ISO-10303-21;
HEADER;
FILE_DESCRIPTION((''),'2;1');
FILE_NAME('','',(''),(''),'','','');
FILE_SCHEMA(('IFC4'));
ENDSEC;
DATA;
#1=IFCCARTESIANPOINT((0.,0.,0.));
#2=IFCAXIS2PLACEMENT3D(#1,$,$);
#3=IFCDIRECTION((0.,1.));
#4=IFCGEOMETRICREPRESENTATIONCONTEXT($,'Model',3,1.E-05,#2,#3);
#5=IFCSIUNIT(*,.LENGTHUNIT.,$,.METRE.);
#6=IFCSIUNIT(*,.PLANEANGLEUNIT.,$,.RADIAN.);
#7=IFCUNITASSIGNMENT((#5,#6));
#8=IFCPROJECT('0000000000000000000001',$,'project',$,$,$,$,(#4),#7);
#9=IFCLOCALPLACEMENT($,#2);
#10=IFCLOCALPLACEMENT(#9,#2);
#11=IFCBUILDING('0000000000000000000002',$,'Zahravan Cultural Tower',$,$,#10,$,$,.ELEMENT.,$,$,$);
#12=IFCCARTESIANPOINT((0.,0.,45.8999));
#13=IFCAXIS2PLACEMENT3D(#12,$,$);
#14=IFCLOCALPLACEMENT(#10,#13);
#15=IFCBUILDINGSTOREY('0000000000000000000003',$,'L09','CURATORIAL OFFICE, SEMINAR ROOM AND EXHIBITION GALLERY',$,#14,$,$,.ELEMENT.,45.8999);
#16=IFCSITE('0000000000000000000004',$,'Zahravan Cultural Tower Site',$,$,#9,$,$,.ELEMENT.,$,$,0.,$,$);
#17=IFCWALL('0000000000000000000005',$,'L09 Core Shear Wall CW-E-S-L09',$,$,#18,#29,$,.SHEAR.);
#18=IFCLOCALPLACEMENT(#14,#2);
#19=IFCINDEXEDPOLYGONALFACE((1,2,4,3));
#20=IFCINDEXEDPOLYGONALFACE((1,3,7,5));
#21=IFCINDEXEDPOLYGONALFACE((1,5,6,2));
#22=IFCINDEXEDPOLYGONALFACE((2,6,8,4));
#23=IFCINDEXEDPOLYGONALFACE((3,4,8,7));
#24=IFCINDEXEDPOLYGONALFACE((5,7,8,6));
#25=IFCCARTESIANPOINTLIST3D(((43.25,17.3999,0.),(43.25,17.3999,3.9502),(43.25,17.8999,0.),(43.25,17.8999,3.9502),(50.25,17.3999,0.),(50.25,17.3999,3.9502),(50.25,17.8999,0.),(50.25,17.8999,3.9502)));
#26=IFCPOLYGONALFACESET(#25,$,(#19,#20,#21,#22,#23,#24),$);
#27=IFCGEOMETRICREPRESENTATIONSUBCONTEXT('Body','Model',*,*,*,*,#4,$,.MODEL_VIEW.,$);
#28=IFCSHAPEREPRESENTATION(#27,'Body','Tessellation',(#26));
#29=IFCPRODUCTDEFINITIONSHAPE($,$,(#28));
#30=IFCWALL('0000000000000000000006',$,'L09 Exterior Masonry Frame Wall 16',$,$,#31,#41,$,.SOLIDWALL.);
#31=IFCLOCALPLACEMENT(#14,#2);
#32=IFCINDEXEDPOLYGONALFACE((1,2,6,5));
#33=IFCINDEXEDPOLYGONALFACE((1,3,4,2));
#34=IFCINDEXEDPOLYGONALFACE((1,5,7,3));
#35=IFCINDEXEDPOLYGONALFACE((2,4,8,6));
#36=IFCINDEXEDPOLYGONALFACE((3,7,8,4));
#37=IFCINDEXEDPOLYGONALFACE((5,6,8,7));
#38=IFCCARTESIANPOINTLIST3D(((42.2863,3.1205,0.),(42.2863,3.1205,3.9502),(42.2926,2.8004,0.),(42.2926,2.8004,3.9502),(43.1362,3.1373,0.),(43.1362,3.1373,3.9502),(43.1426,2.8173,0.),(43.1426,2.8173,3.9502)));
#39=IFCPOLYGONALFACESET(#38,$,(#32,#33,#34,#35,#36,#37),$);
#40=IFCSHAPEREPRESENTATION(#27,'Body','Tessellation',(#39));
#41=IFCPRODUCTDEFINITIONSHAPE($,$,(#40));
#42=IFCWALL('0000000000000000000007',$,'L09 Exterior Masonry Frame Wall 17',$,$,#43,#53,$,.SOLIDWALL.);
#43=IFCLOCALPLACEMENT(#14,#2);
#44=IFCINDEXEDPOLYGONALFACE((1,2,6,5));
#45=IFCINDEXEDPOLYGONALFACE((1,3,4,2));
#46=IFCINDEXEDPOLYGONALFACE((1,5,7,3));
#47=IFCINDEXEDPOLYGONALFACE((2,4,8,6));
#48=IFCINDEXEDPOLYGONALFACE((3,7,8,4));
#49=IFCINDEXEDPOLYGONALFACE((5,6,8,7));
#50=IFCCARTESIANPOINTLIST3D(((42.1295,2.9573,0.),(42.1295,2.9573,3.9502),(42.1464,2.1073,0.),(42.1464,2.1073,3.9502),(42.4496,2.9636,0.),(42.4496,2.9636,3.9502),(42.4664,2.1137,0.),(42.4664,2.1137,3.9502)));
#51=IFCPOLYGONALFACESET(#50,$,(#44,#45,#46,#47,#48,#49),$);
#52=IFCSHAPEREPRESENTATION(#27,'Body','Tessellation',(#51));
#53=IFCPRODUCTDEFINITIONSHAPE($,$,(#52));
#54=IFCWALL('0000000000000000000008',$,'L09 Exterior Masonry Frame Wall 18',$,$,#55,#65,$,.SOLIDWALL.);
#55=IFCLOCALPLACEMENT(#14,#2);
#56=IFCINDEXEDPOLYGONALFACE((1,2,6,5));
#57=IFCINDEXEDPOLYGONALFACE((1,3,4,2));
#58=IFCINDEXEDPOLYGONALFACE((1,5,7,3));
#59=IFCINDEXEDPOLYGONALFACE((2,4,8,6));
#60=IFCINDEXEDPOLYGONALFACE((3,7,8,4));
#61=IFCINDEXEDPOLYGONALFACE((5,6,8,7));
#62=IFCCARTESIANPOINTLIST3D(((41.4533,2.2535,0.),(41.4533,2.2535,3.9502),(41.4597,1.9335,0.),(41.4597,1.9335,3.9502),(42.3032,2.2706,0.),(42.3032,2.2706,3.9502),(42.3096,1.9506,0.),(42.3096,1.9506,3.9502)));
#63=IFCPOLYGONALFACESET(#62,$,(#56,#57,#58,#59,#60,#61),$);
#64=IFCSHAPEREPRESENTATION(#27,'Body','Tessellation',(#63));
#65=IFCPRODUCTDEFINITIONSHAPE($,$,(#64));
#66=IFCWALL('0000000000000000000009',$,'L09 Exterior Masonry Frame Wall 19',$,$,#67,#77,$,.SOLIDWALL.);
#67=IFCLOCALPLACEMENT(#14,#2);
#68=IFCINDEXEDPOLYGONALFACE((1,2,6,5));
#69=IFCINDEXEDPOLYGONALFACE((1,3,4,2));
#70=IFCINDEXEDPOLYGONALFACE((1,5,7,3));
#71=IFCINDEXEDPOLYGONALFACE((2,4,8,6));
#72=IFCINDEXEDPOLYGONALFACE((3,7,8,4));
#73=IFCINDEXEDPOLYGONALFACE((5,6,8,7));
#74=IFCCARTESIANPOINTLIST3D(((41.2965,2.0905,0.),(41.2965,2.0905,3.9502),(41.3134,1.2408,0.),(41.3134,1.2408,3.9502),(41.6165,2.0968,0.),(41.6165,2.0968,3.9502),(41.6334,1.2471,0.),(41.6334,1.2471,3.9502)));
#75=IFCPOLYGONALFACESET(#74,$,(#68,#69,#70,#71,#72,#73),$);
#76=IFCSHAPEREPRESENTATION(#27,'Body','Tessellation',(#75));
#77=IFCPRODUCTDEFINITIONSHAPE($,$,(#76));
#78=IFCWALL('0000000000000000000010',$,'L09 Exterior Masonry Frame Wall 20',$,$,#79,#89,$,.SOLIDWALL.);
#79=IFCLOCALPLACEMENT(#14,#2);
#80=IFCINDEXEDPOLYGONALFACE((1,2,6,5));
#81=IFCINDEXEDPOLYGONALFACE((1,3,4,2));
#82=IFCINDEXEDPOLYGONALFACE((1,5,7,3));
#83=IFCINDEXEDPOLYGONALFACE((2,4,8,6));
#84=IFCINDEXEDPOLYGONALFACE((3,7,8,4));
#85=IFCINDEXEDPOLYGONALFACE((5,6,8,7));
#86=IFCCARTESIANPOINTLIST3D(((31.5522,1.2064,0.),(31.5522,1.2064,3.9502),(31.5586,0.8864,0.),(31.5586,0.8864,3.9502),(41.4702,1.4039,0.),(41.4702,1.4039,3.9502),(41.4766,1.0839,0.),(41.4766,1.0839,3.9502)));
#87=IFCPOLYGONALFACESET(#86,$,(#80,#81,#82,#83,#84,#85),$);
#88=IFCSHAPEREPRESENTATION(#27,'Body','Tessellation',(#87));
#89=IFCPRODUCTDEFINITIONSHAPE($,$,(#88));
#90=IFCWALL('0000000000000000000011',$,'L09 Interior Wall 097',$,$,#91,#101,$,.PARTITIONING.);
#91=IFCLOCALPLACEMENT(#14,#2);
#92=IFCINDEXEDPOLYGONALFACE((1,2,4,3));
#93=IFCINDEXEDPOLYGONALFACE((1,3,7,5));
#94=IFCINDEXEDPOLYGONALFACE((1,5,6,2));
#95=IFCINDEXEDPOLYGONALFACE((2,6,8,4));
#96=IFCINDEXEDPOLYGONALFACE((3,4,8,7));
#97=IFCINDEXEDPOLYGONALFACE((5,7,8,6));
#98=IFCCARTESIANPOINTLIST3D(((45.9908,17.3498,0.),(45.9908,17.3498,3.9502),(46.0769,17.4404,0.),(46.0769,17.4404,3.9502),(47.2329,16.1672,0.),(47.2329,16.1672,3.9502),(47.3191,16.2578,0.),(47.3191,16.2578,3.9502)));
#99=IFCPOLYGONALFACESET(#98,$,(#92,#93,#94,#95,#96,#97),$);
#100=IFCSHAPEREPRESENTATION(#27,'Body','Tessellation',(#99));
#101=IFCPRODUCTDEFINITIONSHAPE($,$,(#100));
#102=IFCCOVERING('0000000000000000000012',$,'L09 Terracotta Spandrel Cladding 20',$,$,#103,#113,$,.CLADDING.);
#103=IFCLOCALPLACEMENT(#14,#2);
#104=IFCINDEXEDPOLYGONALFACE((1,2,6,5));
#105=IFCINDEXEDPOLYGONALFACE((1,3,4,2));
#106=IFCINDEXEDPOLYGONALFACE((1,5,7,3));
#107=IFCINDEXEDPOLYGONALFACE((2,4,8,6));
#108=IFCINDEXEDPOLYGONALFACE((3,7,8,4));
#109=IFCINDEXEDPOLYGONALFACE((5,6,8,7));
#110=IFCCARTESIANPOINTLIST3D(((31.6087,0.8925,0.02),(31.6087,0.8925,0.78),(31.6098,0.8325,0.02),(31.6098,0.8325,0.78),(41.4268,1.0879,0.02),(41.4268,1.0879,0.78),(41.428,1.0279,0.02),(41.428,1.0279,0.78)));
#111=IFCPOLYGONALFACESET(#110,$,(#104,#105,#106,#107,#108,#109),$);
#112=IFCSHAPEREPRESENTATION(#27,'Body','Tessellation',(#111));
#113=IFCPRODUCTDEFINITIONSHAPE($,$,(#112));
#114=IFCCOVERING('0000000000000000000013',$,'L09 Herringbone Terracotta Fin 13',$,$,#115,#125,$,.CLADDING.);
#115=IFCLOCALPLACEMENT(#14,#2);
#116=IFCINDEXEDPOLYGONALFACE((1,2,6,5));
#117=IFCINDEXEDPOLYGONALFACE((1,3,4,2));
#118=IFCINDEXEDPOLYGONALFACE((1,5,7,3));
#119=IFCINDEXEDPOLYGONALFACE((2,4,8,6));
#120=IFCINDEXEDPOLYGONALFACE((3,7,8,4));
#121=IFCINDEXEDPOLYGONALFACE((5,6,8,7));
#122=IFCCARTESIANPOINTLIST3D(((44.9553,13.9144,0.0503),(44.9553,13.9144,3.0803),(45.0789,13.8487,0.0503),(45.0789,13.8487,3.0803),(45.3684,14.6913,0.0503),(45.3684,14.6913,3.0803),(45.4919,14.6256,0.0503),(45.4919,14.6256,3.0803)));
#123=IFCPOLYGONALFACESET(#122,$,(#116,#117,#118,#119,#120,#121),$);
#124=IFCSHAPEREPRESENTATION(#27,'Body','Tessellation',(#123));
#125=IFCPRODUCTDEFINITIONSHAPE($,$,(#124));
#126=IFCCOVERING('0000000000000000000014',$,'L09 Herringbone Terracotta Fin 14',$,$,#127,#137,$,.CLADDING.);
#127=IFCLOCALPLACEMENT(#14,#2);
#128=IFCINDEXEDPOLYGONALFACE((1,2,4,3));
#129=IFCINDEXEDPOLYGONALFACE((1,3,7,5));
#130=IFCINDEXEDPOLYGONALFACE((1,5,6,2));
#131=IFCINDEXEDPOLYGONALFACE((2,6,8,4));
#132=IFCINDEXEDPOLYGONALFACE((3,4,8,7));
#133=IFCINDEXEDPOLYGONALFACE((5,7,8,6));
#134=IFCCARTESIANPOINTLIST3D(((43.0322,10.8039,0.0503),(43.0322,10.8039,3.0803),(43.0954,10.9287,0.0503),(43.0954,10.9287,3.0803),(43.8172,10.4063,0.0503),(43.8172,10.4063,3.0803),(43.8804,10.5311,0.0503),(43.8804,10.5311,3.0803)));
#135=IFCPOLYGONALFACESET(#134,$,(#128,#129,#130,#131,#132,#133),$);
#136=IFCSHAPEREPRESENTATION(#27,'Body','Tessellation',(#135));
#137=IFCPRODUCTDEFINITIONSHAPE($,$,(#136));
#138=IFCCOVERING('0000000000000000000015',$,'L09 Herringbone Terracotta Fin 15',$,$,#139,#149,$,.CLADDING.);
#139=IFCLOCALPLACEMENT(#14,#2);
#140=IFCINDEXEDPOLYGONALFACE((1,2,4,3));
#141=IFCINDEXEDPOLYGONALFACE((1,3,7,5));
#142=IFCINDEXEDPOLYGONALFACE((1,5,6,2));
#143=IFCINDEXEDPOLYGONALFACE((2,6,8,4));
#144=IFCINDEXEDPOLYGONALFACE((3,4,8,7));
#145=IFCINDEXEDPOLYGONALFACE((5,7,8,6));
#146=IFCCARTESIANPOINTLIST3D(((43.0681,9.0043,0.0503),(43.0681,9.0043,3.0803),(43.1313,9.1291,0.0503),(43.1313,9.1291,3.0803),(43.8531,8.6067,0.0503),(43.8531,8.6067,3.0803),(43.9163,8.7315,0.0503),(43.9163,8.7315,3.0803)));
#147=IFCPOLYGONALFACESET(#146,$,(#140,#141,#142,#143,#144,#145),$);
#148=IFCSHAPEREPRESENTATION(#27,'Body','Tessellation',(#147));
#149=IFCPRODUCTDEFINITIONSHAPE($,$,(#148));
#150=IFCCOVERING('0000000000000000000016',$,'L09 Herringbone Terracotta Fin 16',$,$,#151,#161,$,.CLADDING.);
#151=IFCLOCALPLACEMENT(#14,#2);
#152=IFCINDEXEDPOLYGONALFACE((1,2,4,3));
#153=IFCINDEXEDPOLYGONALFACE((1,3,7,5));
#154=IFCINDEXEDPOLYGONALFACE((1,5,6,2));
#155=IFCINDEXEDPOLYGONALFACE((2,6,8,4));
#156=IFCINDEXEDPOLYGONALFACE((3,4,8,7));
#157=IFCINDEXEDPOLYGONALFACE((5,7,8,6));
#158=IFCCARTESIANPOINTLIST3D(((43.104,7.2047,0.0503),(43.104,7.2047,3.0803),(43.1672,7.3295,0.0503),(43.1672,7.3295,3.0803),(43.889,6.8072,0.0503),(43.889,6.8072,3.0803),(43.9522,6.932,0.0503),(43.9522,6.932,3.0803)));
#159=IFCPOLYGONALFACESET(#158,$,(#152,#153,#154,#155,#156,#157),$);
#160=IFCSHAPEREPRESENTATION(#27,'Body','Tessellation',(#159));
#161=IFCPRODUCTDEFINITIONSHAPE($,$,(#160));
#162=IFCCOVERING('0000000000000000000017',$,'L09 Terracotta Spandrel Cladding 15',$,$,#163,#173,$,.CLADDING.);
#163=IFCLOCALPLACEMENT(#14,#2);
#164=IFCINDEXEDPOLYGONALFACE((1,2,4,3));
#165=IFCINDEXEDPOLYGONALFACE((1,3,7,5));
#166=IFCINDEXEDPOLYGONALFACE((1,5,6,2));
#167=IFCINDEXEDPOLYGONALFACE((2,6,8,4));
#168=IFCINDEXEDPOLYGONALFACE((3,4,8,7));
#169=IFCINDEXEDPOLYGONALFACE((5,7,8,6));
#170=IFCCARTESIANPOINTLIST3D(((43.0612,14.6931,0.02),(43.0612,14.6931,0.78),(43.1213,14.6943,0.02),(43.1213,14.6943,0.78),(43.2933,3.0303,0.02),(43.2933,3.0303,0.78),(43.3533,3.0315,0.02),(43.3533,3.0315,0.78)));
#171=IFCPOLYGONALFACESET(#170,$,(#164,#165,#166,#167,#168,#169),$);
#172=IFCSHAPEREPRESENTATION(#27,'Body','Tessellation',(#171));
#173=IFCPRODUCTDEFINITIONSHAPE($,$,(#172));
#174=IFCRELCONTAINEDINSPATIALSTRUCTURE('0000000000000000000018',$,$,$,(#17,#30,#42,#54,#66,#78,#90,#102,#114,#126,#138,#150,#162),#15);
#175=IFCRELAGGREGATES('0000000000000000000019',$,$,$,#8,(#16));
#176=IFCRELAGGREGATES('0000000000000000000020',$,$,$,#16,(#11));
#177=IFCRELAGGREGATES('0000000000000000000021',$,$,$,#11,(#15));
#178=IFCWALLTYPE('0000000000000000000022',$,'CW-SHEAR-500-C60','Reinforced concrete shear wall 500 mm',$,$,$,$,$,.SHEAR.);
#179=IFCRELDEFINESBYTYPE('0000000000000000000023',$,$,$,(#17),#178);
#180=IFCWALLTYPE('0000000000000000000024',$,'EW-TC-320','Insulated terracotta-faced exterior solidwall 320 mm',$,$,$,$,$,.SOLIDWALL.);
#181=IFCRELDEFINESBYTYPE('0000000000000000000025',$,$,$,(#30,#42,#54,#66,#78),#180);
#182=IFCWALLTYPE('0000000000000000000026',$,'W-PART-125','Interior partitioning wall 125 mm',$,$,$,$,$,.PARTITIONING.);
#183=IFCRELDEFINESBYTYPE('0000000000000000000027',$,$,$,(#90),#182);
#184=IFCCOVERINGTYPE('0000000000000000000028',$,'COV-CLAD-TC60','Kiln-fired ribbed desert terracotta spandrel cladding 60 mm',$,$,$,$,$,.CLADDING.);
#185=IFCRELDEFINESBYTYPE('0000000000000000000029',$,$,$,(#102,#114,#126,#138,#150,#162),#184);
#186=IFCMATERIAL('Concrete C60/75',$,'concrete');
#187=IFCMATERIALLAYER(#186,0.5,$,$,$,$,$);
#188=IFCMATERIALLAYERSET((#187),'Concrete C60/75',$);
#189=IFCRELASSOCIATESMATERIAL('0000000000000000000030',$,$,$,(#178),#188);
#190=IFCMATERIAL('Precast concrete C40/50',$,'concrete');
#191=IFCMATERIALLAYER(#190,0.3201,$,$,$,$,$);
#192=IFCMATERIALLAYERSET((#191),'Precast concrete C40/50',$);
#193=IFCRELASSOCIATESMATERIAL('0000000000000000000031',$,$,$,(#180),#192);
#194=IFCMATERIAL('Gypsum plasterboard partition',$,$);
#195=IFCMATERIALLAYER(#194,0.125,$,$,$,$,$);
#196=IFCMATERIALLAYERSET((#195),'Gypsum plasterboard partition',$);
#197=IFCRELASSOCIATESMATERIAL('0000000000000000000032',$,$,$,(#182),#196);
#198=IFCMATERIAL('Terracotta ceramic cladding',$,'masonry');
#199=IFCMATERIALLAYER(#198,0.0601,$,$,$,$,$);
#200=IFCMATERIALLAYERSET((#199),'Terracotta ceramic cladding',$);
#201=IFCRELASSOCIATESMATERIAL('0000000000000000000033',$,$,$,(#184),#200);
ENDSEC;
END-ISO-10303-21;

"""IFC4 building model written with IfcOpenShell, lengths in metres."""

from ifc_helpers import new_model, si_unit, direction, frame, frame_2d, origin, origin_2d, place, context, subcontext, project, spatial, rectangle, extrude, source, transform, mapped, material, layer, layer_set, type_object, element, save


model = new_model("IFC4")

# Units and contexts
model_context = context("Model", 3, precision=1e-05, world=origin(), true_north=direction((0.0, 1.0)))
body_context = subcontext(model_context, "Body", "Model", "MODEL_VIEW")
ifc_project = project(units=[si_unit("LENGTHUNIT", "METRE"), si_unit("PLANEANGLEUNIT", "RADIAN")], contexts=[model_context])

# Site, building, storey
site_placement = place(None, origin())
site = spatial("IfcSite", under=ifc_project, at=site_placement, Name="Zahravan Cultural Tower Site", CompositionType="ELEMENT", RefElevation=0.0)
building_placement = place(site_placement, origin())
building = spatial("IfcBuilding", under=site, at=building_placement, Name="Zahravan Cultural Tower", CompositionType="ELEMENT")
storey_placement = place(building_placement, frame((0.0, 0.0, 45.8999)))
storey = spatial("IfcBuildingStorey", under=building, at=storey_placement, Name="L09", Description="CURATORIAL OFFICE, SEMINAR ROOM AND EXHIBITION GALLERY", CompositionType="ELEMENT", Elevation=45.8999)

# Shared definitions
ifc_material_1 = material(Name="Concrete C60/75", Category="concrete")

# Shared definitions
ifc_layer_1 = layer(ifc_material_1, 0.5)
ifc_layer_set_1 = layer_set([ifc_layer_1], Name="Concrete C60/75")
wall_type_1 = type_object("IfcWallType", Name="CW-SHEAR-500-C60", Description="Reinforced concrete shear wall 500 mm", PredefinedType="SHEAR", material=ifc_layer_set_1)

# Shared definitions
ifc_material_2 = material(Name="Precast concrete C40/50", Category="concrete")
ifc_layer_2 = layer(ifc_material_2, 0.3201)
ifc_layer_set_2 = layer_set([ifc_layer_2], Name="Precast concrete C40/50")
wall_type_2 = type_object("IfcWallType", Name="EW-TC-320", Description="Insulated terracotta-faced exterior solidwall 320 mm", PredefinedType="SOLIDWALL", material=ifc_layer_set_2)

# Walls
shared_shape_1 = source(origin(), body_context, "Body", "SweptSolid", [
    extrude(rectangle(XDim=7.0, YDim=0.5, at=frame_2d((3.5, 0.0))), origin(), (0.0, 0.0, 1.0), 3.9502),
])
wall_1_placement = place(storey_placement, frame((43.25, 17.6499, 0.0), z_axis=(0.0, 0.0, 1.0), x_axis=(1.0, 0.0, 0.0)))
element("IfcWall", 1, at=wall_1_placement, inside=storey, type_object=wall_type_1, Name="L09 Core Shear Wall CW-E-S-L09", PredefinedType="SHEAR", context=body_context, shape_type="MappedRepresentation", body=[
    mapped(shared_shape_1, transform((0.0, 0.0, 0.0), x_axis=(1.0, 0.0, 0.0), y_axis=(0.0, 1.0, 0.0), z_axis=(0.0, 0.0, 1.0), scale=1.0)),
])
shared_shape_2 = source(origin(), body_context, "Body", "SweptSolid", [
    extrude(rectangle(XDim=0.8501, YDim=0.3201, at=frame_2d((0.425, 0.0))), origin(), (0.0, 0.0, 1.0), 3.9502),
])
for number, where, z_axis, x_axis, name in (
    (2, (43.1394, 2.9773, 0.0), (0.0, 0.0, 1.0), (-0.999804, -0.019818, 0.0), "L09 Exterior Masonry Frame Wall 16"),
    (3, (42.2896, 2.9604, 0.0), (0.0, 0.0, 1.0), (0.019818, -0.999804, 0.0), "L09 Exterior Masonry Frame Wall 17"),
    (4, (42.3064, 2.1106, 0.0), (0.0, 0.0, 1.0), (-0.999798, -0.020105, 0.0), "L09 Exterior Masonry Frame Wall 18"),
):
    element("IfcWall", number, at=place(storey_placement, frame(where, z_axis=z_axis, x_axis=x_axis)), inside=storey, type_object=wall_type_2, Name=name, PredefinedType="SOLIDWALL", context=body_context, shape_type="MappedRepresentation", body=[
        mapped(shared_shape_2, transform((0.0, 0.0, 0.0), x_axis=(1.0, 0.0, 0.0), y_axis=(0.0, 1.0, 0.0), z_axis=(0.0, 0.0, 1.0), scale=1.0)),
    ])
shared_shape_3 = source(origin(), body_context, "Body", "SweptSolid", [
    extrude(rectangle(XDim=0.8499, YDim=0.3201, at=frame_2d((0.4248, 0.0))), origin(), (0.0, 0.0, 1.0), 3.9502),
])
wall_2_placement = place(storey_placement, frame((41.4565, 2.0935, 0.0), z_axis=(0.0, 0.0, 1.0), x_axis=(0.019824, -0.999803, 0.0)))
element("IfcWall", 5, at=wall_2_placement, inside=storey, type_object=wall_type_2, Name="L09 Exterior Masonry Frame Wall 19", PredefinedType="SOLIDWALL", context=body_context, shape_type="MappedRepresentation", body=[
    mapped(shared_shape_3, transform((0.0, 0.0, 0.0), x_axis=(1.0, 0.0, 0.0), y_axis=(0.0, 1.0, 0.0), z_axis=(0.0, 0.0, 1.0), scale=1.0)),
])
shared_shape_4 = source(origin(), body_context, "Body", "SweptSolid", [
    extrude(rectangle(XDim=9.9199, YDim=0.3201, at=frame_2d((4.96, 0.0))), origin(), (0.0, 0.0, 1.0), 3.9502),
])
wall_3_placement = place(storey_placement, frame((41.4734, 1.2439, 0.0), z_axis=(0.0, 0.0, 1.0), x_axis=(-0.999802, -0.01991, 0.0)))
element("IfcWall", 6, at=wall_3_placement, inside=storey, type_object=wall_type_2, Name="L09 Exterior Masonry Frame Wall 20", PredefinedType="SOLIDWALL", context=body_context, shape_type="MappedRepresentation", body=[
    mapped(shared_shape_4, transform((0.0, 0.0, 0.0), x_axis=(1.0, 0.0, 0.0), y_axis=(0.0, 1.0, 0.0), z_axis=(0.0, 0.0, 1.0), scale=1.0)),
])
ifc_material_3 = material(Name="Gypsum plasterboard partition")
ifc_layer_3 = layer(ifc_material_3, 0.125)
ifc_layer_set_3 = layer_set([ifc_layer_3], Name="Gypsum plasterboard partition")
wall_type_3 = type_object("IfcWallType", Name="W-PART-125", Description="Interior partitioning wall 125 mm", PredefinedType="PARTITIONING", material=ifc_layer_set_3)
shared_shape_5 = source(origin(), body_context, "Body", "SweptSolid", [
    extrude(rectangle(XDim=1.7151, YDim=0.125, at=frame_2d((0.8574, 0.0))), origin(), (0.0, 0.0, 1.0), 3.9502),
])
wall_4_placement = place(storey_placement, frame((46.0339, 17.395, 0.0), z_axis=(0.0, 0.0, 1.0), x_axis=(0.72426, -0.689527, 0.0)))
element("IfcWall", 7, at=wall_4_placement, inside=storey, type_object=wall_type_3, Name="L09 Interior Wall 097", PredefinedType="PARTITIONING", context=body_context, shape_type="MappedRepresentation", body=[
    mapped(shared_shape_5, transform((0.0, 0.0, 0.0), x_axis=(1.0, 0.0, 0.0), y_axis=(0.0, 1.0, 0.0), z_axis=(0.0, 0.0, 1.0), scale=1.0)),
])

# Coverings
ifc_material_4 = material(Name="Terracotta ceramic cladding", Category="masonry")
ifc_layer_4 = layer(ifc_material_4, 0.0601)
ifc_layer_set_4 = layer_set([ifc_layer_4], Name="Terracotta ceramic cladding")
covering_type = type_object("IfcCoveringType", Name="COV-CLAD-TC60", Description="Kiln-fired ribbed desert terracotta spandrel cladding 60 mm", PredefinedType="CLADDING", material=ifc_layer_set_4)
shared_shape_6 = source(origin(), body_context, "Body", "SweptSolid", [
    extrude(rectangle(XDim=9.8201, YDim=0.0601, at=origin_2d()), origin(), (0.0, 0.0, 1.0), 0.76),
])
covering_1_placement = place(storey_placement, frame((36.5183, 0.9602, 0.02), z_axis=(0.0, 0.0, 1.0), x_axis=(-0.999802, -0.019895, 0.0)))
element("IfcCovering", 8, at=covering_1_placement, inside=storey, type_object=covering_type, Name="L09 Terracotta Spandrel Cladding 20", PredefinedType="CLADDING", context=body_context, shape_type="MappedRepresentation", body=[
    mapped(shared_shape_6, transform((0.0, 0.0, 0.0), x_axis=(1.0, 0.0, 0.0), y_axis=(0.0, 1.0, 0.0), z_axis=(0.0, 0.0, 1.0), scale=1.0)),
])
shared_shape_7 = source(origin(), body_context, "Body", "SweptSolid", [
    extrude(rectangle(XDim=0.8799, YDim=0.1399, at=origin_2d()), origin(), (0.0, 0.0, 1.0), 3.03),
])
for number, where, z_axis, x_axis, name in (
    (9, (45.2236, 14.27, 0.0503), (0.0, 0.0, 1.0), (-0.469472, -0.882948, 0.0), "L09 Herringbone Terracotta Fin 13"),
    (10, (43.4563, 10.6675, 0.0503), (0.0, 0.0, 1.0), (0.892113, -0.451812, 0.0), "L09 Herringbone Terracotta Fin 14"),
    (11, (43.4922, 8.8679, 0.0503), (0.0, 0.0, 1.0), (0.892113, -0.451812, 0.0), "L09 Herringbone Terracotta Fin 15"),
    (12, (43.5281, 7.0684, 0.0503), (0.0, 0.0, 1.0), (0.892113, -0.451812, 0.0), "L09 Herringbone Terracotta Fin 16"),
):
    element("IfcCovering", number, at=place(storey_placement, frame(where, z_axis=z_axis, x_axis=x_axis)), inside=storey, type_object=covering_type, Name=name, PredefinedType="CLADDING", context=body_context, shape_type="MappedRepresentation", body=[
        mapped(shared_shape_7, transform((0.0, 0.0, 0.0), x_axis=(1.0, 0.0, 0.0), y_axis=(0.0, 1.0, 0.0), z_axis=(0.0, 0.0, 1.0), scale=1.0)),
    ])
shared_shape_8 = source(origin(), body_context, "Body", "SweptSolid", [
    extrude(rectangle(XDim=11.665, YDim=0.0601, at=origin_2d()), origin(), (0.0, 0.0, 1.0), 0.76),
])
covering_2_placement = place(storey_placement, frame((43.2073, 8.8623, 0.02), z_axis=(0.0, 0.0, 1.0), x_axis=(0.019895, -0.999802, 0.0)))
element("IfcCovering", 13, at=covering_2_placement, inside=storey, type_object=covering_type, Name="L09 Terracotta Spandrel Cladding 15", PredefinedType="CLADDING", context=body_context, shape_type="MappedRepresentation", body=[
    mapped(shared_shape_8, transform((0.0, 0.0, 0.0), x_axis=(1.0, 0.0, 0.0), y_axis=(0.0, 1.0, 0.0), z_axis=(0.0, 0.0, 1.0), scale=1.0)),
])

save(model, "model.ifc")
